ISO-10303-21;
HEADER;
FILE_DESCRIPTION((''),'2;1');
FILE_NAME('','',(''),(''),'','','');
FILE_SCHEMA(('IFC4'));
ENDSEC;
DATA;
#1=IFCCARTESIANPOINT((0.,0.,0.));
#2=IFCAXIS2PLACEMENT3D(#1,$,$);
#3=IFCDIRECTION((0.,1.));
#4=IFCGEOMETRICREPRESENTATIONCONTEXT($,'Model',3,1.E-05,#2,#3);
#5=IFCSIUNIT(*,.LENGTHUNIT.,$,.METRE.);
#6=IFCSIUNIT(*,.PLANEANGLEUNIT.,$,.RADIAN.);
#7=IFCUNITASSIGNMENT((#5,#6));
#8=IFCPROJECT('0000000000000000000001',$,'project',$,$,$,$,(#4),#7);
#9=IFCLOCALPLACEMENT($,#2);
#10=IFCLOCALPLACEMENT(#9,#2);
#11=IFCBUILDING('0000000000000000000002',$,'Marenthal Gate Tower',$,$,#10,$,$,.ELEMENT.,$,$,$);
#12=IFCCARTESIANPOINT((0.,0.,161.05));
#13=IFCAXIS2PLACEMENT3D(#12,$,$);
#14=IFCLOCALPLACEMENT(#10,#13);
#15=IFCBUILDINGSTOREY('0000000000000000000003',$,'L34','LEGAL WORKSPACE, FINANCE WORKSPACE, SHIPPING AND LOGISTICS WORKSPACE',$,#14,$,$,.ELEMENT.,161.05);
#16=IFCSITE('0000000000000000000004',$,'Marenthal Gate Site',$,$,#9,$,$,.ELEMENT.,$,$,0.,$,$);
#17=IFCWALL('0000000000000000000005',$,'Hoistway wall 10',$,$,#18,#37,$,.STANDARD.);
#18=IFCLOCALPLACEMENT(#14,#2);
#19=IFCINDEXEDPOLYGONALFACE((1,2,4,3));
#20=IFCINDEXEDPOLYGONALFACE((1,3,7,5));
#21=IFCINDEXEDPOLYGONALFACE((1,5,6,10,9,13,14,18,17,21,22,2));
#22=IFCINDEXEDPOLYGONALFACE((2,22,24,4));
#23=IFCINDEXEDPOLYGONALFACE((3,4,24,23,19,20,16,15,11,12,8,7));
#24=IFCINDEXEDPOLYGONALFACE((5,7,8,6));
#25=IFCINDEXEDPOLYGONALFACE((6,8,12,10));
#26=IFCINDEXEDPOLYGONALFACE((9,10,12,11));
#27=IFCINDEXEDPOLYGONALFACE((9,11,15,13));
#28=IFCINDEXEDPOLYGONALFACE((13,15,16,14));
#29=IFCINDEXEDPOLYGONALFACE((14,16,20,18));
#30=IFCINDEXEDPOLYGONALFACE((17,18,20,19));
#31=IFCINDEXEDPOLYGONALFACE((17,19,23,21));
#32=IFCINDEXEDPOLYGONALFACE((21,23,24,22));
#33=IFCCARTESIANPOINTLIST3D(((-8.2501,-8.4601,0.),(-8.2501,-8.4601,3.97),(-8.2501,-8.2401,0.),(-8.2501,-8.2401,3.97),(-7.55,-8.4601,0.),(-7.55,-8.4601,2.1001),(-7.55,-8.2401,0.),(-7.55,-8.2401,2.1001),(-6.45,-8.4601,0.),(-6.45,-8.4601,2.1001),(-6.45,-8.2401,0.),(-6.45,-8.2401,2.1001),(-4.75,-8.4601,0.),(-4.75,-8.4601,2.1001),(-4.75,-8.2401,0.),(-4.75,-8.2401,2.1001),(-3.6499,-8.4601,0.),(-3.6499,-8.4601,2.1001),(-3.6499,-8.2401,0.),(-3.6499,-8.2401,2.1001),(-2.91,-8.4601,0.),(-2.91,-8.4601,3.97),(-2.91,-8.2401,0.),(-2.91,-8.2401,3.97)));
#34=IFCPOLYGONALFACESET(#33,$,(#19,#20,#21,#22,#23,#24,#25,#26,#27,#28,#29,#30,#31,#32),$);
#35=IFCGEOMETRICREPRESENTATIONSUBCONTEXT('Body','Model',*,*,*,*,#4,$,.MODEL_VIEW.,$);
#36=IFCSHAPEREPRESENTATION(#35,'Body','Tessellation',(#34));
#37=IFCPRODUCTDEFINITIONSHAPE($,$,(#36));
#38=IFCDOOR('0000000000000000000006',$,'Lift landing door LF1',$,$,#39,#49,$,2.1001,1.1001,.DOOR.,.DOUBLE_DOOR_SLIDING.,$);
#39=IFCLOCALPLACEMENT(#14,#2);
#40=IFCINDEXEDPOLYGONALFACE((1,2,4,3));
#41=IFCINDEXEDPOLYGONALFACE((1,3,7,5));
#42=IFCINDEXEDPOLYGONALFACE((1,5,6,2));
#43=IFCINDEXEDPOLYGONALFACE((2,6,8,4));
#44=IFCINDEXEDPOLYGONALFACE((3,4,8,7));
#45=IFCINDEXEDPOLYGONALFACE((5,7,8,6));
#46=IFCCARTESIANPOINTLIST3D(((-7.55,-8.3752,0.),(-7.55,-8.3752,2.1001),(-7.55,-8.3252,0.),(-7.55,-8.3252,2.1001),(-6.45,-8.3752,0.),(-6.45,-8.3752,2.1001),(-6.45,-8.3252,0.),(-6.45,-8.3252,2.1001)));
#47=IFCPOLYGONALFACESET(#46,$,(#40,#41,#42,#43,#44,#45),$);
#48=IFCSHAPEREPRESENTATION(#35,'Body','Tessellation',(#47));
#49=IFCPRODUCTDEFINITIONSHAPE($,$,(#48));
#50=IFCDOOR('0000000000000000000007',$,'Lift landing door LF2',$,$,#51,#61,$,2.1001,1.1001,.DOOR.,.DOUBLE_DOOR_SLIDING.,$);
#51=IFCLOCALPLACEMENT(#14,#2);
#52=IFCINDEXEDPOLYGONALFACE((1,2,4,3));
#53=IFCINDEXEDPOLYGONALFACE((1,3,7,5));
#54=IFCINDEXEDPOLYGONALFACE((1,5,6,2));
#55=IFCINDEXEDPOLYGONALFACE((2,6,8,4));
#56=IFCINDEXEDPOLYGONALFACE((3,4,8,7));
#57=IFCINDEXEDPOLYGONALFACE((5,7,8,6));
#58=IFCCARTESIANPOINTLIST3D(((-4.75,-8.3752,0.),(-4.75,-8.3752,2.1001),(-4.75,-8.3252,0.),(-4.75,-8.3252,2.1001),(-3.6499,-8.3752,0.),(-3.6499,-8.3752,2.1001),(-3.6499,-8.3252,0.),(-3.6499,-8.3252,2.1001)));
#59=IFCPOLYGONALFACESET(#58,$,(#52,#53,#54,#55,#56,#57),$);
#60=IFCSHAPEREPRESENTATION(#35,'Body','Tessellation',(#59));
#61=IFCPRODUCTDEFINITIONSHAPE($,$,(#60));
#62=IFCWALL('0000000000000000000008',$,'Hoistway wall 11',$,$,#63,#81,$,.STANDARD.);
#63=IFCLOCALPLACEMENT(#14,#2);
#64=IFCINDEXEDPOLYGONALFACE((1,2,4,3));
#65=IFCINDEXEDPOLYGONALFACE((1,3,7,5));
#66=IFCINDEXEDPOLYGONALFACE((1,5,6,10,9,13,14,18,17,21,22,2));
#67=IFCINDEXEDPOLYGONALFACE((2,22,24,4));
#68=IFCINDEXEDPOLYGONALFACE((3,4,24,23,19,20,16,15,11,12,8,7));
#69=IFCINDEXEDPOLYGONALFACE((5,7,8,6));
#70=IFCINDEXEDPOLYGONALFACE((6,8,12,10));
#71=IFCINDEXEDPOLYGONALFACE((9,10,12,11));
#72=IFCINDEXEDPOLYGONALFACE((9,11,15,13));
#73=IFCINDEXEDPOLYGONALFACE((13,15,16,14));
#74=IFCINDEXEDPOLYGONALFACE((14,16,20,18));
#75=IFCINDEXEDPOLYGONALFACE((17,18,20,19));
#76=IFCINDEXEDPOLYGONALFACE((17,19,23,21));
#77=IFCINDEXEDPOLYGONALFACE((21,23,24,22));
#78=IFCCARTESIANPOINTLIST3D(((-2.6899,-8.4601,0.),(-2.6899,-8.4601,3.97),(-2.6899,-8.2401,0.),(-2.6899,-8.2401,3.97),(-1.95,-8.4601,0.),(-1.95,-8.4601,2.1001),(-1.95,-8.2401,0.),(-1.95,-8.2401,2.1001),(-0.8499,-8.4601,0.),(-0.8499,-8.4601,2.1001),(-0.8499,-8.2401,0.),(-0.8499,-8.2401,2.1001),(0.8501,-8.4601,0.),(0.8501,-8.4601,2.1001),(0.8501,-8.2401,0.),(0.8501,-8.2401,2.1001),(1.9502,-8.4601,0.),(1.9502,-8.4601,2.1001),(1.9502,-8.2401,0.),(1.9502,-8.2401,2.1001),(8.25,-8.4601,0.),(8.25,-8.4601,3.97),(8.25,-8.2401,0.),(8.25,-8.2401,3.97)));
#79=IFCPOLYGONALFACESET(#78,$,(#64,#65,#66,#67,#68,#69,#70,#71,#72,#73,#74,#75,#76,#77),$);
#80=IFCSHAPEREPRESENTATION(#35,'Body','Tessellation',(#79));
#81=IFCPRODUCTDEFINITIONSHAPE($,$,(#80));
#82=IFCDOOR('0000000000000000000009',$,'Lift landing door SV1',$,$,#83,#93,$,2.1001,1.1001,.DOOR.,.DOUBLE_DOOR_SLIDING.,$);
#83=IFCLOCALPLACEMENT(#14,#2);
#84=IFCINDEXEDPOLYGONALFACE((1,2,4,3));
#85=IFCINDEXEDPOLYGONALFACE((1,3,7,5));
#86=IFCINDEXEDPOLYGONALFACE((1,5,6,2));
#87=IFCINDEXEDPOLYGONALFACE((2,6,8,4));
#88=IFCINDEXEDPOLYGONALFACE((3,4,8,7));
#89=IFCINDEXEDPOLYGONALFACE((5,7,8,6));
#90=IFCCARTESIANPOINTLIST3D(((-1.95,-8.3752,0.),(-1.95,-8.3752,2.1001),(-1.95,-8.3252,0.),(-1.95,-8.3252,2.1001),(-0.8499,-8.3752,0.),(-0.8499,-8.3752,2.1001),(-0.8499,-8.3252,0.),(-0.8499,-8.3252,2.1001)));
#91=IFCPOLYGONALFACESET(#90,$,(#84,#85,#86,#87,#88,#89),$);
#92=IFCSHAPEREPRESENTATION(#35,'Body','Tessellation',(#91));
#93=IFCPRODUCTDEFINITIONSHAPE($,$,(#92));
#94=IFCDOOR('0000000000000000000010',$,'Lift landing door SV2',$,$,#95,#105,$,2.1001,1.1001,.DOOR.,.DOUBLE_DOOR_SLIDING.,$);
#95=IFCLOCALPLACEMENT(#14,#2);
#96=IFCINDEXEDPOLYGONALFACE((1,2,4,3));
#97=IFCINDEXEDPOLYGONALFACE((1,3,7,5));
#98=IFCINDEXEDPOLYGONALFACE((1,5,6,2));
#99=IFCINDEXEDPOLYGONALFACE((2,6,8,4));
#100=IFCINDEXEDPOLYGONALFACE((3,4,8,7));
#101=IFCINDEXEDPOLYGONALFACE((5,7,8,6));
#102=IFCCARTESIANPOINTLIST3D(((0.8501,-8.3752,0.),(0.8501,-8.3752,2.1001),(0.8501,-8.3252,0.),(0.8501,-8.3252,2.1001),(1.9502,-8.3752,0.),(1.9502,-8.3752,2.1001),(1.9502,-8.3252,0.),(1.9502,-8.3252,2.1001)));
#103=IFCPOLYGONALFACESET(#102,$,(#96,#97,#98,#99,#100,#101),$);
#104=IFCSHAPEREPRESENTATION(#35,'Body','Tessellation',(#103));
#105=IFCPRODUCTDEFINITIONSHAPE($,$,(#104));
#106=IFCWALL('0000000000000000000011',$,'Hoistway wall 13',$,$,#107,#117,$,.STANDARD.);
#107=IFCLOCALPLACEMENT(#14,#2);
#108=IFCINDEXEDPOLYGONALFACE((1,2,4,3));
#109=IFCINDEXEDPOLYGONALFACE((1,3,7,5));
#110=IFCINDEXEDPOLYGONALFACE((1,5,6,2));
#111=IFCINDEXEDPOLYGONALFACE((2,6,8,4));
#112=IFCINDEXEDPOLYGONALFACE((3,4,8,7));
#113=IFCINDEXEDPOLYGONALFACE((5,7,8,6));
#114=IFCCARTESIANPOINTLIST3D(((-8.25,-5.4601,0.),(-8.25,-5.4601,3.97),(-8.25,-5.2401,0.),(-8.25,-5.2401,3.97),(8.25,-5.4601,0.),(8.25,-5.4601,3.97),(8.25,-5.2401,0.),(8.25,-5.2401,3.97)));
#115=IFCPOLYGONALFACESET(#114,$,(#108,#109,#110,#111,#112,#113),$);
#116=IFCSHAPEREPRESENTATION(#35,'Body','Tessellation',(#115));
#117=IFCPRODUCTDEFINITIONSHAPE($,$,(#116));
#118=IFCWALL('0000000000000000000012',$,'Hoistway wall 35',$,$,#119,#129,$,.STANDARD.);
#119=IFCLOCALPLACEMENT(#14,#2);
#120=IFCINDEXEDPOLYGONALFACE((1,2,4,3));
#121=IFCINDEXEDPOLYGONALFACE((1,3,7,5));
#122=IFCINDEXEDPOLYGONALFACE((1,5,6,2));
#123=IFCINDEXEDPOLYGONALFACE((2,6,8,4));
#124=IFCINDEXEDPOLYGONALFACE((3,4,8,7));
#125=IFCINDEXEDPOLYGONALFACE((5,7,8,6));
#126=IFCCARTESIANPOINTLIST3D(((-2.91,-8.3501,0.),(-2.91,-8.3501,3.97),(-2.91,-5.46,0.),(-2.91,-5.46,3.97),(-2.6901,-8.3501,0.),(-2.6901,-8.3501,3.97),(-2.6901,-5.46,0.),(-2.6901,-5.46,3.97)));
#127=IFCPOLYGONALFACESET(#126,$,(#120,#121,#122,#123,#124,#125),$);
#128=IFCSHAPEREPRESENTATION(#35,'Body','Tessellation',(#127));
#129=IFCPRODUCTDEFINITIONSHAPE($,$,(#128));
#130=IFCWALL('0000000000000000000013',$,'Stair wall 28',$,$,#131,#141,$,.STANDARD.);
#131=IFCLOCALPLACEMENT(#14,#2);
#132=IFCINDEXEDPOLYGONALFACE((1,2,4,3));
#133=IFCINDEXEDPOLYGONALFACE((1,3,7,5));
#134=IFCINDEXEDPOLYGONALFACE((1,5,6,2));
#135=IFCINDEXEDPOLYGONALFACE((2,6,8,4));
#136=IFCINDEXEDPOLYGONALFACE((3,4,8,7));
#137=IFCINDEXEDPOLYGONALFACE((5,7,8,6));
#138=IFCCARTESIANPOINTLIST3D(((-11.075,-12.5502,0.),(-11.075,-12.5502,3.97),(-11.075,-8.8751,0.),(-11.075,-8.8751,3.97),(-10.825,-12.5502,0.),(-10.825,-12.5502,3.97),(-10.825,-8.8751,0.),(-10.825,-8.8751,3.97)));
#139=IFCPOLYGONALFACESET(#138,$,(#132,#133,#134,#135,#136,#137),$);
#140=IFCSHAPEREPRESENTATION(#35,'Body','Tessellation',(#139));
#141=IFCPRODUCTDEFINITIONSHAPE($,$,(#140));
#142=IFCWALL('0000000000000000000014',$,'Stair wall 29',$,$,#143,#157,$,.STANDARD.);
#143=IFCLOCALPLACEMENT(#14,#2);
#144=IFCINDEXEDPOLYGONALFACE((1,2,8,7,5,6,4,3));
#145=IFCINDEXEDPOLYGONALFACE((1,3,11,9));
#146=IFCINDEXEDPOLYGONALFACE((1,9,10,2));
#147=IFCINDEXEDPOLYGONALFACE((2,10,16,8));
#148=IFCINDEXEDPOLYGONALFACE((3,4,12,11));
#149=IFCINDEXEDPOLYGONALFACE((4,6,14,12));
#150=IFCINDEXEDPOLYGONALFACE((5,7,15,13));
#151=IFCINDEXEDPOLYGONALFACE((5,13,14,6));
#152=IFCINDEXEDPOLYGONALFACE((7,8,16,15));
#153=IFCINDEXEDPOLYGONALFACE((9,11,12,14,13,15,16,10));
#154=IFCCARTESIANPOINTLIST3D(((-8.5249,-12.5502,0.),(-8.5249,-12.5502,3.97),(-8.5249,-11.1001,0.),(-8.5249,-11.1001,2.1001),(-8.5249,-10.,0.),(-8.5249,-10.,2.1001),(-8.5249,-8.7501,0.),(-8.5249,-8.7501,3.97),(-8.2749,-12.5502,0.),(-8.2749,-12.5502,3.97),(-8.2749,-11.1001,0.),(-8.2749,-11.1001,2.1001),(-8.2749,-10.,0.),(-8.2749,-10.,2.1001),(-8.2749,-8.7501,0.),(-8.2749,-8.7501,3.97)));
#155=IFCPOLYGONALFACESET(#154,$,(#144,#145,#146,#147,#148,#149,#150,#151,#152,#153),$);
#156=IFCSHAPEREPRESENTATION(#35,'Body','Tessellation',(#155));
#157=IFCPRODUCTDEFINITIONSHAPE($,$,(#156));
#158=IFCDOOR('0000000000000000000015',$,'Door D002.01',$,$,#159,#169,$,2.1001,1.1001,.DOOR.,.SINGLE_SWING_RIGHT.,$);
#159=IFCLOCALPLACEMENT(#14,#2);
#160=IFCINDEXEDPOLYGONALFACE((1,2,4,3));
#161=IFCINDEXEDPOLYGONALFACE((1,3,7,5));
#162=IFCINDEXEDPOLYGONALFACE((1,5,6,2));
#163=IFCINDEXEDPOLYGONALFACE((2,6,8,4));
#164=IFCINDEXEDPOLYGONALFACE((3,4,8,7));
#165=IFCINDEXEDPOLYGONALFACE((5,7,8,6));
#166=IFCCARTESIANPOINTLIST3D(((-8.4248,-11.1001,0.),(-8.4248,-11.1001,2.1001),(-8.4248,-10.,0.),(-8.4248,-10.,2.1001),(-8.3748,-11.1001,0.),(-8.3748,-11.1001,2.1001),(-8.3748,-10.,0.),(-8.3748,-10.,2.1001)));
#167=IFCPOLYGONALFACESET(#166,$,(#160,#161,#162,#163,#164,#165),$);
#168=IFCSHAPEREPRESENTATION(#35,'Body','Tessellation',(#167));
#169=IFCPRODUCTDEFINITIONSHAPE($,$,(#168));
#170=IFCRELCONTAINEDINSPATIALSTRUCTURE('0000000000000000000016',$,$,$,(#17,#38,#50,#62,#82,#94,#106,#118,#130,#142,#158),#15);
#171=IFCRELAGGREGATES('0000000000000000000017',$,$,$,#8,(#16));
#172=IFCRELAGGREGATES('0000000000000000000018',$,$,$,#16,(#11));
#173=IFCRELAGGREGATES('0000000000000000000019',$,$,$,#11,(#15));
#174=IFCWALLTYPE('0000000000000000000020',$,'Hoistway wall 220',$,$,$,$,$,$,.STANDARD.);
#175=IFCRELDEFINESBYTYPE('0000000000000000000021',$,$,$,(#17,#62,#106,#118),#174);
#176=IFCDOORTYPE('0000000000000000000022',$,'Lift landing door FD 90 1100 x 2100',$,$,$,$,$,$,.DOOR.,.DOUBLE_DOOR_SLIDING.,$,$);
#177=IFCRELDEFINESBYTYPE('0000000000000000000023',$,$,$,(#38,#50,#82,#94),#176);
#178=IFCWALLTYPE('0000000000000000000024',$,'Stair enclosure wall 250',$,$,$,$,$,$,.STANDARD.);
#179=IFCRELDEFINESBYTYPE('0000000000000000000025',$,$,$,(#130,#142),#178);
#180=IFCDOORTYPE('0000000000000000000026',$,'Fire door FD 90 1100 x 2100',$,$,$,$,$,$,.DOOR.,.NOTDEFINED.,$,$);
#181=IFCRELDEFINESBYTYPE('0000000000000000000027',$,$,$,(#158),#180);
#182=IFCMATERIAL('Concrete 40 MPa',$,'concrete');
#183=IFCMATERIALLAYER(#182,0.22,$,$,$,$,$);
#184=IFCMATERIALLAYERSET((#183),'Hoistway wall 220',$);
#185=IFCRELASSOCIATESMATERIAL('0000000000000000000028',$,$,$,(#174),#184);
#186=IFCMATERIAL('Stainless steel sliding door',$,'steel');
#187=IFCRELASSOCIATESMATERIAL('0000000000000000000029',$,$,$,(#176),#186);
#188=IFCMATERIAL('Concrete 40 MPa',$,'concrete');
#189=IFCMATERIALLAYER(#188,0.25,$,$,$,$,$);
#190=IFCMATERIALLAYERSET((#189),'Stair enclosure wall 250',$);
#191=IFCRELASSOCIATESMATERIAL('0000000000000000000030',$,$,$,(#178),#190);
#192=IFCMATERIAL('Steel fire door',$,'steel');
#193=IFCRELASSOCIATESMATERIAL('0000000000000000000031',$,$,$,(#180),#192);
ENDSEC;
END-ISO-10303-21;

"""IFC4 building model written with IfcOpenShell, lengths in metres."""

from ifc_helpers import new_model, si_unit, direction, frame, frame_2d, origin, place, context, subcontext, project, spatial, rectangle, extrude, material, layer, layer_set, type_object, element, fill, save


model = new_model("IFC4")

# Units and contexts
model_context = context("Model", 3, precision=1e-05, world=origin(), true_north=direction((0.0, 1.0)))
body_context = subcontext(model_context, "Body", "Model", "MODEL_VIEW")
ifc_project = project(units=[si_unit("LENGTHUNIT", "METRE"), si_unit("PLANEANGLEUNIT", "RADIAN")], contexts=[model_context])

# Site, building, storey
site_placement = place(None, origin())
site = spatial("IfcSite", under=ifc_project, at=site_placement, Name="Marenthal Gate Site", CompositionType="ELEMENT", RefElevation=0.0)
building_placement = place(site_placement, origin())
building = spatial("IfcBuilding", under=site, at=building_placement, Name="Marenthal Gate Tower", CompositionType="ELEMENT")
storey_placement = place(building_placement, frame((0.0, 0.0, 161.05)))
storey = spatial("IfcBuildingStorey", under=building, at=storey_placement, Name="L34", Description="LEGAL WORKSPACE, FINANCE WORKSPACE, SHIPPING AND LOGISTICS WORKSPACE", CompositionType="ELEMENT", Elevation=161.05)

# Walls, openings, doors
ifc_material_1 = material(Name="Concrete 40 MPa", Category="concrete")
ifc_layer_1 = layer(ifc_material_1, 0.22)
ifc_layer_set_1 = layer_set([ifc_layer_1], Name="Hoistway wall 220")
wall_type_1 = type_object("IfcWallType", Name="Hoistway wall 220", PredefinedType="STANDARD", material=ifc_layer_set_1)
wall_1_placement = place(storey_placement, frame((-8.25, -8.3501, 0.0), z_axis=(0.0, 0.0, 1.0), x_axis=(1.0, 0.0, 0.0)))
wall_1 = element("IfcWall", 1, at=wall_1_placement, inside=storey, type_object=wall_type_1, Name="Hoistway wall 10", PredefinedType="STANDARD", context=body_context, shape_type="SweptSolid", body=[
    extrude(rectangle(XDim=5.3401, YDim=0.22, at=frame_2d((2.6699, 0.0))), origin(), (0.0, 0.0, 1.0), 3.97),
])
opening_1_placement = place(wall_1_placement, frame((0.7, 0.0, 0.0)))
opening_1 = element("IfcOpeningElement", 2, at=opening_1_placement, cuts=wall_1, PredefinedType="OPENING", context=body_context, shape_type="SweptSolid", body=[
    extrude(rectangle(XDim=1.1001, YDim=2.1001, at=frame_2d((0.55, 1.05))), frame((0.0, 0.1201, 0.0), z_axis=(0.0, -1.0, 0.0), x_axis=(1.0, 0.0, 0.0)), (0.0, 0.0, 1.0), 0.24),
])
opening_2_placement = place(wall_1_placement, frame((3.5, 0.0, 0.0)))
opening_2 = element("IfcOpeningElement", 3, at=opening_2_placement, cuts=wall_1, PredefinedType="OPENING", context=body_context, shape_type="SweptSolid", body=[
    extrude(rectangle(XDim=1.1001, YDim=2.1001, at=frame_2d((0.55, 1.05))), frame((0.0, 0.1201, 0.0), z_axis=(0.0, -1.0, 0.0), x_axis=(1.0, 0.0, 0.0)), (0.0, 0.0, 1.0), 0.24),
])
ifc_material_2 = material(Name="Stainless steel sliding door", Category="steel")
door_type_1 = type_object("IfcDoorType", Name="Lift landing door FD 90 1100 x 2100", OperationType="DOUBLE_DOOR_SLIDING", PredefinedType="DOOR", material=ifc_material_2)
door_1_placement = place(opening_1_placement, origin())
door_1 = element("IfcDoor", 4, at=door_1_placement, inside=storey, type_object=door_type_1, Name="Lift landing door LF1", OperationType="DOUBLE_DOOR_SLIDING", OverallHeight=2.1001, OverallWidth=1.1001, PredefinedType="DOOR", context=body_context, shape_type="SweptSolid", body=[
    extrude(rectangle(XDim=1.1001, YDim=2.1001, at=frame_2d((0.55, 1.05))), frame((0.0, 0.0249, 0.0), z_axis=(0.0, -1.0, 0.0), x_axis=(1.0, 0.0, 0.0)), (0.0, 0.0, 1.0), 0.05),
])
fill(opening_1, door_1)
door_2_placement = place(opening_2_placement, origin())
door_2 = element("IfcDoor", 5, at=door_2_placement, inside=storey, type_object=door_type_1, Name="Lift landing door LF2", OperationType="DOUBLE_DOOR_SLIDING", OverallHeight=2.1001, OverallWidth=1.1001, PredefinedType="DOOR", context=body_context, shape_type="SweptSolid", body=[
    extrude(rectangle(XDim=1.1001, YDim=2.1001, at=frame_2d((0.55, 1.05))), frame((0.0, 0.0249, 0.0), z_axis=(0.0, -1.0, 0.0), x_axis=(1.0, 0.0, 0.0)), (0.0, 0.0, 1.0), 0.05),
])
fill(opening_2, door_2)
wall_2_placement = place(storey_placement, frame((-2.6899, -8.3501, 0.0), z_axis=(0.0, 0.0, 1.0), x_axis=(1.0, 0.0, 0.0)))
wall_2 = element("IfcWall", 6, at=wall_2_placement, inside=storey, type_object=wall_type_1, Name="Hoistway wall 11", PredefinedType="STANDARD", context=body_context, shape_type="SweptSolid", body=[
    extrude(rectangle(XDim=10.9399, YDim=0.22, at=frame_2d((5.47, 0.0))), origin(), (0.0, 0.0, 1.0), 3.97),
])
opening_3_placement = place(wall_2_placement, frame((0.74, 0.0, 0.0)))
opening_3 = element("IfcOpeningElement", 7, at=opening_3_placement, cuts=wall_2, PredefinedType="OPENING", context=body_context, shape_type="SweptSolid", body=[
    extrude(rectangle(XDim=1.1001, YDim=2.1001, at=frame_2d((0.55, 1.05))), frame((0.0, 0.1201, 0.0), z_axis=(0.0, -1.0, 0.0), x_axis=(1.0, 0.0, 0.0)), (0.0, 0.0, 1.0), 0.24),
])
opening_4_placement = place(wall_2_placement, frame((3.54, 0.0, 0.0)))
opening_4 = element("IfcOpeningElement", 8, at=opening_4_placement, cuts=wall_2, PredefinedType="OPENING", context=body_context, shape_type="SweptSolid", body=[
    extrude(rectangle(XDim=1.1001, YDim=2.1001, at=frame_2d((0.55, 1.05))), frame((0.0, 0.1201, 0.0), z_axis=(0.0, -1.0, 0.0), x_axis=(1.0, 0.0, 0.0)), (0.0, 0.0, 1.0), 0.24),
])
door_3_placement = place(opening_3_placement, origin())
door_3 = element("IfcDoor", 9, at=door_3_placement, inside=storey, type_object=door_type_1, Name="Lift landing door SV1", OperationType="DOUBLE_DOOR_SLIDING", OverallHeight=2.1001, OverallWidth=1.1001, PredefinedType="DOOR", context=body_context, shape_type="SweptSolid", body=[
    extrude(rectangle(XDim=1.1001, YDim=2.1001, at=frame_2d((0.55, 1.05))), frame((0.0, 0.0249, 0.0), z_axis=(0.0, -1.0, 0.0), x_axis=(1.0, 0.0, 0.0)), (0.0, 0.0, 1.0), 0.05),
])
fill(opening_3, door_3)
door_4_placement = place(opening_4_placement, origin())
door_4 = element("IfcDoor", 10, at=door_4_placement, inside=storey, type_object=door_type_1, Name="Lift landing door SV2", OperationType="DOUBLE_DOOR_SLIDING", OverallHeight=2.1001, OverallWidth=1.1001, PredefinedType="DOOR", context=body_context, shape_type="SweptSolid", body=[
    extrude(rectangle(XDim=1.1001, YDim=2.1001, at=frame_2d((0.55, 1.05))), frame((0.0, 0.0249, 0.0), z_axis=(0.0, -1.0, 0.0), x_axis=(1.0, 0.0, 0.0)), (0.0, 0.0, 1.0), 0.05),
])
fill(opening_4, door_4)

# Walls
wall_3_placement = place(storey_placement, frame((-8.25, -5.3501, 0.0), z_axis=(0.0, 0.0, 1.0), x_axis=(1.0, 0.0, 0.0)))
element("IfcWall", 11, at=wall_3_placement, inside=storey, type_object=wall_type_1, Name="Hoistway wall 13", PredefinedType="STANDARD", context=body_context, shape_type="SweptSolid", body=[
    extrude(rectangle(XDim=16.5, YDim=0.22, at=frame_2d((8.25, 0.0))), origin(), (0.0, 0.0, 1.0), 3.97),
])
wall_4_placement = place(storey_placement, frame((-2.8, -8.3501, 0.0), z_axis=(0.0, 0.0, 1.0), x_axis=(0.0, 1.0, 0.0)))
element("IfcWall", 12, at=wall_4_placement, inside=storey, type_object=wall_type_1, Name="Hoistway wall 35", PredefinedType="STANDARD", context=body_context, shape_type="SweptSolid", body=[
    extrude(rectangle(XDim=2.8901, YDim=0.22, at=frame_2d((1.4451, 0.0))), origin(), (0.0, 0.0, 1.0), 3.97),
])
ifc_material_3 = material(Name="Concrete 40 MPa", Category="concrete")
ifc_layer_2 = layer(ifc_material_3, 0.25)
ifc_layer_set_2 = layer_set([ifc_layer_2], Name="Stair enclosure wall 250")
wall_type_2 = type_object("IfcWallType", Name="Stair enclosure wall 250", PredefinedType="STANDARD", material=ifc_layer_set_2)
wall_5_placement = place(storey_placement, frame((-10.95, -12.55, 0.0), z_axis=(0.0, 0.0, 1.0), x_axis=(0.0, 1.0, 0.0)))
element("IfcWall", 13, at=wall_5_placement, inside=storey, type_object=wall_type_2, Name="Stair wall 28", PredefinedType="STANDARD", context=body_context, shape_type="SweptSolid", body=[
    extrude(rectangle(XDim=3.675, YDim=0.25, at=frame_2d((1.8374, 0.0))), origin(), (0.0, 0.0, 1.0), 3.97),
])

# Wall, opening, door
wall_6_placement = place(storey_placement, frame((-8.3999, -12.55, 0.0), z_axis=(0.0, 0.0, 1.0), x_axis=(0.0, 1.0, 0.0)))
wall_6 = element("IfcWall", 14, at=wall_6_placement, inside=storey, type_object=wall_type_2, Name="Stair wall 29", PredefinedType="STANDARD", context=body_context, shape_type="SweptSolid", body=[
    extrude(rectangle(XDim=3.8, YDim=0.25, at=frame_2d((1.8999, 0.0))), origin(), (0.0, 0.0, 1.0), 3.97),
])
opening_5_placement = place(wall_6_placement, frame((1.45, 0.0, 0.0)))
opening_5 = element("IfcOpeningElement", 15, at=opening_5_placement, cuts=wall_6, PredefinedType="OPENING", context=body_context, shape_type="SweptSolid", body=[
    extrude(rectangle(XDim=1.1001, YDim=2.1001, at=frame_2d((0.55, 1.05))), frame((0.0, 0.135, 0.0), z_axis=(0.0, -1.0, 0.0), x_axis=(1.0, 0.0, 0.0)), (0.0, 0.0, 1.0), 0.27),
])
ifc_material_4 = material(Name="Steel fire door", Category="steel")
door_type_2 = type_object("IfcDoorType", Name="Fire door FD 90 1100 x 2100", OperationType="NOTDEFINED", PredefinedType="DOOR", material=ifc_material_4)
door_5_placement = place(opening_5_placement, origin())
door_5 = element("IfcDoor", 16, at=door_5_placement, inside=storey, type_object=door_type_2, Name="Door D002.01", OperationType="SINGLE_SWING_RIGHT", OverallHeight=2.1001, OverallWidth=1.1001, PredefinedType="DOOR", context=body_context, shape_type="SweptSolid", body=[
    extrude(rectangle(XDim=1.1001, YDim=2.1001, at=frame_2d((0.55, 1.05))), frame((0.0, 0.0249, 0.0), z_axis=(0.0, -1.0, 0.0), x_axis=(1.0, 0.0, 0.0)), (0.0, 0.0, 1.0), 0.05),
])
fill(opening_5, door_5)

save(model, "model.ifc")
